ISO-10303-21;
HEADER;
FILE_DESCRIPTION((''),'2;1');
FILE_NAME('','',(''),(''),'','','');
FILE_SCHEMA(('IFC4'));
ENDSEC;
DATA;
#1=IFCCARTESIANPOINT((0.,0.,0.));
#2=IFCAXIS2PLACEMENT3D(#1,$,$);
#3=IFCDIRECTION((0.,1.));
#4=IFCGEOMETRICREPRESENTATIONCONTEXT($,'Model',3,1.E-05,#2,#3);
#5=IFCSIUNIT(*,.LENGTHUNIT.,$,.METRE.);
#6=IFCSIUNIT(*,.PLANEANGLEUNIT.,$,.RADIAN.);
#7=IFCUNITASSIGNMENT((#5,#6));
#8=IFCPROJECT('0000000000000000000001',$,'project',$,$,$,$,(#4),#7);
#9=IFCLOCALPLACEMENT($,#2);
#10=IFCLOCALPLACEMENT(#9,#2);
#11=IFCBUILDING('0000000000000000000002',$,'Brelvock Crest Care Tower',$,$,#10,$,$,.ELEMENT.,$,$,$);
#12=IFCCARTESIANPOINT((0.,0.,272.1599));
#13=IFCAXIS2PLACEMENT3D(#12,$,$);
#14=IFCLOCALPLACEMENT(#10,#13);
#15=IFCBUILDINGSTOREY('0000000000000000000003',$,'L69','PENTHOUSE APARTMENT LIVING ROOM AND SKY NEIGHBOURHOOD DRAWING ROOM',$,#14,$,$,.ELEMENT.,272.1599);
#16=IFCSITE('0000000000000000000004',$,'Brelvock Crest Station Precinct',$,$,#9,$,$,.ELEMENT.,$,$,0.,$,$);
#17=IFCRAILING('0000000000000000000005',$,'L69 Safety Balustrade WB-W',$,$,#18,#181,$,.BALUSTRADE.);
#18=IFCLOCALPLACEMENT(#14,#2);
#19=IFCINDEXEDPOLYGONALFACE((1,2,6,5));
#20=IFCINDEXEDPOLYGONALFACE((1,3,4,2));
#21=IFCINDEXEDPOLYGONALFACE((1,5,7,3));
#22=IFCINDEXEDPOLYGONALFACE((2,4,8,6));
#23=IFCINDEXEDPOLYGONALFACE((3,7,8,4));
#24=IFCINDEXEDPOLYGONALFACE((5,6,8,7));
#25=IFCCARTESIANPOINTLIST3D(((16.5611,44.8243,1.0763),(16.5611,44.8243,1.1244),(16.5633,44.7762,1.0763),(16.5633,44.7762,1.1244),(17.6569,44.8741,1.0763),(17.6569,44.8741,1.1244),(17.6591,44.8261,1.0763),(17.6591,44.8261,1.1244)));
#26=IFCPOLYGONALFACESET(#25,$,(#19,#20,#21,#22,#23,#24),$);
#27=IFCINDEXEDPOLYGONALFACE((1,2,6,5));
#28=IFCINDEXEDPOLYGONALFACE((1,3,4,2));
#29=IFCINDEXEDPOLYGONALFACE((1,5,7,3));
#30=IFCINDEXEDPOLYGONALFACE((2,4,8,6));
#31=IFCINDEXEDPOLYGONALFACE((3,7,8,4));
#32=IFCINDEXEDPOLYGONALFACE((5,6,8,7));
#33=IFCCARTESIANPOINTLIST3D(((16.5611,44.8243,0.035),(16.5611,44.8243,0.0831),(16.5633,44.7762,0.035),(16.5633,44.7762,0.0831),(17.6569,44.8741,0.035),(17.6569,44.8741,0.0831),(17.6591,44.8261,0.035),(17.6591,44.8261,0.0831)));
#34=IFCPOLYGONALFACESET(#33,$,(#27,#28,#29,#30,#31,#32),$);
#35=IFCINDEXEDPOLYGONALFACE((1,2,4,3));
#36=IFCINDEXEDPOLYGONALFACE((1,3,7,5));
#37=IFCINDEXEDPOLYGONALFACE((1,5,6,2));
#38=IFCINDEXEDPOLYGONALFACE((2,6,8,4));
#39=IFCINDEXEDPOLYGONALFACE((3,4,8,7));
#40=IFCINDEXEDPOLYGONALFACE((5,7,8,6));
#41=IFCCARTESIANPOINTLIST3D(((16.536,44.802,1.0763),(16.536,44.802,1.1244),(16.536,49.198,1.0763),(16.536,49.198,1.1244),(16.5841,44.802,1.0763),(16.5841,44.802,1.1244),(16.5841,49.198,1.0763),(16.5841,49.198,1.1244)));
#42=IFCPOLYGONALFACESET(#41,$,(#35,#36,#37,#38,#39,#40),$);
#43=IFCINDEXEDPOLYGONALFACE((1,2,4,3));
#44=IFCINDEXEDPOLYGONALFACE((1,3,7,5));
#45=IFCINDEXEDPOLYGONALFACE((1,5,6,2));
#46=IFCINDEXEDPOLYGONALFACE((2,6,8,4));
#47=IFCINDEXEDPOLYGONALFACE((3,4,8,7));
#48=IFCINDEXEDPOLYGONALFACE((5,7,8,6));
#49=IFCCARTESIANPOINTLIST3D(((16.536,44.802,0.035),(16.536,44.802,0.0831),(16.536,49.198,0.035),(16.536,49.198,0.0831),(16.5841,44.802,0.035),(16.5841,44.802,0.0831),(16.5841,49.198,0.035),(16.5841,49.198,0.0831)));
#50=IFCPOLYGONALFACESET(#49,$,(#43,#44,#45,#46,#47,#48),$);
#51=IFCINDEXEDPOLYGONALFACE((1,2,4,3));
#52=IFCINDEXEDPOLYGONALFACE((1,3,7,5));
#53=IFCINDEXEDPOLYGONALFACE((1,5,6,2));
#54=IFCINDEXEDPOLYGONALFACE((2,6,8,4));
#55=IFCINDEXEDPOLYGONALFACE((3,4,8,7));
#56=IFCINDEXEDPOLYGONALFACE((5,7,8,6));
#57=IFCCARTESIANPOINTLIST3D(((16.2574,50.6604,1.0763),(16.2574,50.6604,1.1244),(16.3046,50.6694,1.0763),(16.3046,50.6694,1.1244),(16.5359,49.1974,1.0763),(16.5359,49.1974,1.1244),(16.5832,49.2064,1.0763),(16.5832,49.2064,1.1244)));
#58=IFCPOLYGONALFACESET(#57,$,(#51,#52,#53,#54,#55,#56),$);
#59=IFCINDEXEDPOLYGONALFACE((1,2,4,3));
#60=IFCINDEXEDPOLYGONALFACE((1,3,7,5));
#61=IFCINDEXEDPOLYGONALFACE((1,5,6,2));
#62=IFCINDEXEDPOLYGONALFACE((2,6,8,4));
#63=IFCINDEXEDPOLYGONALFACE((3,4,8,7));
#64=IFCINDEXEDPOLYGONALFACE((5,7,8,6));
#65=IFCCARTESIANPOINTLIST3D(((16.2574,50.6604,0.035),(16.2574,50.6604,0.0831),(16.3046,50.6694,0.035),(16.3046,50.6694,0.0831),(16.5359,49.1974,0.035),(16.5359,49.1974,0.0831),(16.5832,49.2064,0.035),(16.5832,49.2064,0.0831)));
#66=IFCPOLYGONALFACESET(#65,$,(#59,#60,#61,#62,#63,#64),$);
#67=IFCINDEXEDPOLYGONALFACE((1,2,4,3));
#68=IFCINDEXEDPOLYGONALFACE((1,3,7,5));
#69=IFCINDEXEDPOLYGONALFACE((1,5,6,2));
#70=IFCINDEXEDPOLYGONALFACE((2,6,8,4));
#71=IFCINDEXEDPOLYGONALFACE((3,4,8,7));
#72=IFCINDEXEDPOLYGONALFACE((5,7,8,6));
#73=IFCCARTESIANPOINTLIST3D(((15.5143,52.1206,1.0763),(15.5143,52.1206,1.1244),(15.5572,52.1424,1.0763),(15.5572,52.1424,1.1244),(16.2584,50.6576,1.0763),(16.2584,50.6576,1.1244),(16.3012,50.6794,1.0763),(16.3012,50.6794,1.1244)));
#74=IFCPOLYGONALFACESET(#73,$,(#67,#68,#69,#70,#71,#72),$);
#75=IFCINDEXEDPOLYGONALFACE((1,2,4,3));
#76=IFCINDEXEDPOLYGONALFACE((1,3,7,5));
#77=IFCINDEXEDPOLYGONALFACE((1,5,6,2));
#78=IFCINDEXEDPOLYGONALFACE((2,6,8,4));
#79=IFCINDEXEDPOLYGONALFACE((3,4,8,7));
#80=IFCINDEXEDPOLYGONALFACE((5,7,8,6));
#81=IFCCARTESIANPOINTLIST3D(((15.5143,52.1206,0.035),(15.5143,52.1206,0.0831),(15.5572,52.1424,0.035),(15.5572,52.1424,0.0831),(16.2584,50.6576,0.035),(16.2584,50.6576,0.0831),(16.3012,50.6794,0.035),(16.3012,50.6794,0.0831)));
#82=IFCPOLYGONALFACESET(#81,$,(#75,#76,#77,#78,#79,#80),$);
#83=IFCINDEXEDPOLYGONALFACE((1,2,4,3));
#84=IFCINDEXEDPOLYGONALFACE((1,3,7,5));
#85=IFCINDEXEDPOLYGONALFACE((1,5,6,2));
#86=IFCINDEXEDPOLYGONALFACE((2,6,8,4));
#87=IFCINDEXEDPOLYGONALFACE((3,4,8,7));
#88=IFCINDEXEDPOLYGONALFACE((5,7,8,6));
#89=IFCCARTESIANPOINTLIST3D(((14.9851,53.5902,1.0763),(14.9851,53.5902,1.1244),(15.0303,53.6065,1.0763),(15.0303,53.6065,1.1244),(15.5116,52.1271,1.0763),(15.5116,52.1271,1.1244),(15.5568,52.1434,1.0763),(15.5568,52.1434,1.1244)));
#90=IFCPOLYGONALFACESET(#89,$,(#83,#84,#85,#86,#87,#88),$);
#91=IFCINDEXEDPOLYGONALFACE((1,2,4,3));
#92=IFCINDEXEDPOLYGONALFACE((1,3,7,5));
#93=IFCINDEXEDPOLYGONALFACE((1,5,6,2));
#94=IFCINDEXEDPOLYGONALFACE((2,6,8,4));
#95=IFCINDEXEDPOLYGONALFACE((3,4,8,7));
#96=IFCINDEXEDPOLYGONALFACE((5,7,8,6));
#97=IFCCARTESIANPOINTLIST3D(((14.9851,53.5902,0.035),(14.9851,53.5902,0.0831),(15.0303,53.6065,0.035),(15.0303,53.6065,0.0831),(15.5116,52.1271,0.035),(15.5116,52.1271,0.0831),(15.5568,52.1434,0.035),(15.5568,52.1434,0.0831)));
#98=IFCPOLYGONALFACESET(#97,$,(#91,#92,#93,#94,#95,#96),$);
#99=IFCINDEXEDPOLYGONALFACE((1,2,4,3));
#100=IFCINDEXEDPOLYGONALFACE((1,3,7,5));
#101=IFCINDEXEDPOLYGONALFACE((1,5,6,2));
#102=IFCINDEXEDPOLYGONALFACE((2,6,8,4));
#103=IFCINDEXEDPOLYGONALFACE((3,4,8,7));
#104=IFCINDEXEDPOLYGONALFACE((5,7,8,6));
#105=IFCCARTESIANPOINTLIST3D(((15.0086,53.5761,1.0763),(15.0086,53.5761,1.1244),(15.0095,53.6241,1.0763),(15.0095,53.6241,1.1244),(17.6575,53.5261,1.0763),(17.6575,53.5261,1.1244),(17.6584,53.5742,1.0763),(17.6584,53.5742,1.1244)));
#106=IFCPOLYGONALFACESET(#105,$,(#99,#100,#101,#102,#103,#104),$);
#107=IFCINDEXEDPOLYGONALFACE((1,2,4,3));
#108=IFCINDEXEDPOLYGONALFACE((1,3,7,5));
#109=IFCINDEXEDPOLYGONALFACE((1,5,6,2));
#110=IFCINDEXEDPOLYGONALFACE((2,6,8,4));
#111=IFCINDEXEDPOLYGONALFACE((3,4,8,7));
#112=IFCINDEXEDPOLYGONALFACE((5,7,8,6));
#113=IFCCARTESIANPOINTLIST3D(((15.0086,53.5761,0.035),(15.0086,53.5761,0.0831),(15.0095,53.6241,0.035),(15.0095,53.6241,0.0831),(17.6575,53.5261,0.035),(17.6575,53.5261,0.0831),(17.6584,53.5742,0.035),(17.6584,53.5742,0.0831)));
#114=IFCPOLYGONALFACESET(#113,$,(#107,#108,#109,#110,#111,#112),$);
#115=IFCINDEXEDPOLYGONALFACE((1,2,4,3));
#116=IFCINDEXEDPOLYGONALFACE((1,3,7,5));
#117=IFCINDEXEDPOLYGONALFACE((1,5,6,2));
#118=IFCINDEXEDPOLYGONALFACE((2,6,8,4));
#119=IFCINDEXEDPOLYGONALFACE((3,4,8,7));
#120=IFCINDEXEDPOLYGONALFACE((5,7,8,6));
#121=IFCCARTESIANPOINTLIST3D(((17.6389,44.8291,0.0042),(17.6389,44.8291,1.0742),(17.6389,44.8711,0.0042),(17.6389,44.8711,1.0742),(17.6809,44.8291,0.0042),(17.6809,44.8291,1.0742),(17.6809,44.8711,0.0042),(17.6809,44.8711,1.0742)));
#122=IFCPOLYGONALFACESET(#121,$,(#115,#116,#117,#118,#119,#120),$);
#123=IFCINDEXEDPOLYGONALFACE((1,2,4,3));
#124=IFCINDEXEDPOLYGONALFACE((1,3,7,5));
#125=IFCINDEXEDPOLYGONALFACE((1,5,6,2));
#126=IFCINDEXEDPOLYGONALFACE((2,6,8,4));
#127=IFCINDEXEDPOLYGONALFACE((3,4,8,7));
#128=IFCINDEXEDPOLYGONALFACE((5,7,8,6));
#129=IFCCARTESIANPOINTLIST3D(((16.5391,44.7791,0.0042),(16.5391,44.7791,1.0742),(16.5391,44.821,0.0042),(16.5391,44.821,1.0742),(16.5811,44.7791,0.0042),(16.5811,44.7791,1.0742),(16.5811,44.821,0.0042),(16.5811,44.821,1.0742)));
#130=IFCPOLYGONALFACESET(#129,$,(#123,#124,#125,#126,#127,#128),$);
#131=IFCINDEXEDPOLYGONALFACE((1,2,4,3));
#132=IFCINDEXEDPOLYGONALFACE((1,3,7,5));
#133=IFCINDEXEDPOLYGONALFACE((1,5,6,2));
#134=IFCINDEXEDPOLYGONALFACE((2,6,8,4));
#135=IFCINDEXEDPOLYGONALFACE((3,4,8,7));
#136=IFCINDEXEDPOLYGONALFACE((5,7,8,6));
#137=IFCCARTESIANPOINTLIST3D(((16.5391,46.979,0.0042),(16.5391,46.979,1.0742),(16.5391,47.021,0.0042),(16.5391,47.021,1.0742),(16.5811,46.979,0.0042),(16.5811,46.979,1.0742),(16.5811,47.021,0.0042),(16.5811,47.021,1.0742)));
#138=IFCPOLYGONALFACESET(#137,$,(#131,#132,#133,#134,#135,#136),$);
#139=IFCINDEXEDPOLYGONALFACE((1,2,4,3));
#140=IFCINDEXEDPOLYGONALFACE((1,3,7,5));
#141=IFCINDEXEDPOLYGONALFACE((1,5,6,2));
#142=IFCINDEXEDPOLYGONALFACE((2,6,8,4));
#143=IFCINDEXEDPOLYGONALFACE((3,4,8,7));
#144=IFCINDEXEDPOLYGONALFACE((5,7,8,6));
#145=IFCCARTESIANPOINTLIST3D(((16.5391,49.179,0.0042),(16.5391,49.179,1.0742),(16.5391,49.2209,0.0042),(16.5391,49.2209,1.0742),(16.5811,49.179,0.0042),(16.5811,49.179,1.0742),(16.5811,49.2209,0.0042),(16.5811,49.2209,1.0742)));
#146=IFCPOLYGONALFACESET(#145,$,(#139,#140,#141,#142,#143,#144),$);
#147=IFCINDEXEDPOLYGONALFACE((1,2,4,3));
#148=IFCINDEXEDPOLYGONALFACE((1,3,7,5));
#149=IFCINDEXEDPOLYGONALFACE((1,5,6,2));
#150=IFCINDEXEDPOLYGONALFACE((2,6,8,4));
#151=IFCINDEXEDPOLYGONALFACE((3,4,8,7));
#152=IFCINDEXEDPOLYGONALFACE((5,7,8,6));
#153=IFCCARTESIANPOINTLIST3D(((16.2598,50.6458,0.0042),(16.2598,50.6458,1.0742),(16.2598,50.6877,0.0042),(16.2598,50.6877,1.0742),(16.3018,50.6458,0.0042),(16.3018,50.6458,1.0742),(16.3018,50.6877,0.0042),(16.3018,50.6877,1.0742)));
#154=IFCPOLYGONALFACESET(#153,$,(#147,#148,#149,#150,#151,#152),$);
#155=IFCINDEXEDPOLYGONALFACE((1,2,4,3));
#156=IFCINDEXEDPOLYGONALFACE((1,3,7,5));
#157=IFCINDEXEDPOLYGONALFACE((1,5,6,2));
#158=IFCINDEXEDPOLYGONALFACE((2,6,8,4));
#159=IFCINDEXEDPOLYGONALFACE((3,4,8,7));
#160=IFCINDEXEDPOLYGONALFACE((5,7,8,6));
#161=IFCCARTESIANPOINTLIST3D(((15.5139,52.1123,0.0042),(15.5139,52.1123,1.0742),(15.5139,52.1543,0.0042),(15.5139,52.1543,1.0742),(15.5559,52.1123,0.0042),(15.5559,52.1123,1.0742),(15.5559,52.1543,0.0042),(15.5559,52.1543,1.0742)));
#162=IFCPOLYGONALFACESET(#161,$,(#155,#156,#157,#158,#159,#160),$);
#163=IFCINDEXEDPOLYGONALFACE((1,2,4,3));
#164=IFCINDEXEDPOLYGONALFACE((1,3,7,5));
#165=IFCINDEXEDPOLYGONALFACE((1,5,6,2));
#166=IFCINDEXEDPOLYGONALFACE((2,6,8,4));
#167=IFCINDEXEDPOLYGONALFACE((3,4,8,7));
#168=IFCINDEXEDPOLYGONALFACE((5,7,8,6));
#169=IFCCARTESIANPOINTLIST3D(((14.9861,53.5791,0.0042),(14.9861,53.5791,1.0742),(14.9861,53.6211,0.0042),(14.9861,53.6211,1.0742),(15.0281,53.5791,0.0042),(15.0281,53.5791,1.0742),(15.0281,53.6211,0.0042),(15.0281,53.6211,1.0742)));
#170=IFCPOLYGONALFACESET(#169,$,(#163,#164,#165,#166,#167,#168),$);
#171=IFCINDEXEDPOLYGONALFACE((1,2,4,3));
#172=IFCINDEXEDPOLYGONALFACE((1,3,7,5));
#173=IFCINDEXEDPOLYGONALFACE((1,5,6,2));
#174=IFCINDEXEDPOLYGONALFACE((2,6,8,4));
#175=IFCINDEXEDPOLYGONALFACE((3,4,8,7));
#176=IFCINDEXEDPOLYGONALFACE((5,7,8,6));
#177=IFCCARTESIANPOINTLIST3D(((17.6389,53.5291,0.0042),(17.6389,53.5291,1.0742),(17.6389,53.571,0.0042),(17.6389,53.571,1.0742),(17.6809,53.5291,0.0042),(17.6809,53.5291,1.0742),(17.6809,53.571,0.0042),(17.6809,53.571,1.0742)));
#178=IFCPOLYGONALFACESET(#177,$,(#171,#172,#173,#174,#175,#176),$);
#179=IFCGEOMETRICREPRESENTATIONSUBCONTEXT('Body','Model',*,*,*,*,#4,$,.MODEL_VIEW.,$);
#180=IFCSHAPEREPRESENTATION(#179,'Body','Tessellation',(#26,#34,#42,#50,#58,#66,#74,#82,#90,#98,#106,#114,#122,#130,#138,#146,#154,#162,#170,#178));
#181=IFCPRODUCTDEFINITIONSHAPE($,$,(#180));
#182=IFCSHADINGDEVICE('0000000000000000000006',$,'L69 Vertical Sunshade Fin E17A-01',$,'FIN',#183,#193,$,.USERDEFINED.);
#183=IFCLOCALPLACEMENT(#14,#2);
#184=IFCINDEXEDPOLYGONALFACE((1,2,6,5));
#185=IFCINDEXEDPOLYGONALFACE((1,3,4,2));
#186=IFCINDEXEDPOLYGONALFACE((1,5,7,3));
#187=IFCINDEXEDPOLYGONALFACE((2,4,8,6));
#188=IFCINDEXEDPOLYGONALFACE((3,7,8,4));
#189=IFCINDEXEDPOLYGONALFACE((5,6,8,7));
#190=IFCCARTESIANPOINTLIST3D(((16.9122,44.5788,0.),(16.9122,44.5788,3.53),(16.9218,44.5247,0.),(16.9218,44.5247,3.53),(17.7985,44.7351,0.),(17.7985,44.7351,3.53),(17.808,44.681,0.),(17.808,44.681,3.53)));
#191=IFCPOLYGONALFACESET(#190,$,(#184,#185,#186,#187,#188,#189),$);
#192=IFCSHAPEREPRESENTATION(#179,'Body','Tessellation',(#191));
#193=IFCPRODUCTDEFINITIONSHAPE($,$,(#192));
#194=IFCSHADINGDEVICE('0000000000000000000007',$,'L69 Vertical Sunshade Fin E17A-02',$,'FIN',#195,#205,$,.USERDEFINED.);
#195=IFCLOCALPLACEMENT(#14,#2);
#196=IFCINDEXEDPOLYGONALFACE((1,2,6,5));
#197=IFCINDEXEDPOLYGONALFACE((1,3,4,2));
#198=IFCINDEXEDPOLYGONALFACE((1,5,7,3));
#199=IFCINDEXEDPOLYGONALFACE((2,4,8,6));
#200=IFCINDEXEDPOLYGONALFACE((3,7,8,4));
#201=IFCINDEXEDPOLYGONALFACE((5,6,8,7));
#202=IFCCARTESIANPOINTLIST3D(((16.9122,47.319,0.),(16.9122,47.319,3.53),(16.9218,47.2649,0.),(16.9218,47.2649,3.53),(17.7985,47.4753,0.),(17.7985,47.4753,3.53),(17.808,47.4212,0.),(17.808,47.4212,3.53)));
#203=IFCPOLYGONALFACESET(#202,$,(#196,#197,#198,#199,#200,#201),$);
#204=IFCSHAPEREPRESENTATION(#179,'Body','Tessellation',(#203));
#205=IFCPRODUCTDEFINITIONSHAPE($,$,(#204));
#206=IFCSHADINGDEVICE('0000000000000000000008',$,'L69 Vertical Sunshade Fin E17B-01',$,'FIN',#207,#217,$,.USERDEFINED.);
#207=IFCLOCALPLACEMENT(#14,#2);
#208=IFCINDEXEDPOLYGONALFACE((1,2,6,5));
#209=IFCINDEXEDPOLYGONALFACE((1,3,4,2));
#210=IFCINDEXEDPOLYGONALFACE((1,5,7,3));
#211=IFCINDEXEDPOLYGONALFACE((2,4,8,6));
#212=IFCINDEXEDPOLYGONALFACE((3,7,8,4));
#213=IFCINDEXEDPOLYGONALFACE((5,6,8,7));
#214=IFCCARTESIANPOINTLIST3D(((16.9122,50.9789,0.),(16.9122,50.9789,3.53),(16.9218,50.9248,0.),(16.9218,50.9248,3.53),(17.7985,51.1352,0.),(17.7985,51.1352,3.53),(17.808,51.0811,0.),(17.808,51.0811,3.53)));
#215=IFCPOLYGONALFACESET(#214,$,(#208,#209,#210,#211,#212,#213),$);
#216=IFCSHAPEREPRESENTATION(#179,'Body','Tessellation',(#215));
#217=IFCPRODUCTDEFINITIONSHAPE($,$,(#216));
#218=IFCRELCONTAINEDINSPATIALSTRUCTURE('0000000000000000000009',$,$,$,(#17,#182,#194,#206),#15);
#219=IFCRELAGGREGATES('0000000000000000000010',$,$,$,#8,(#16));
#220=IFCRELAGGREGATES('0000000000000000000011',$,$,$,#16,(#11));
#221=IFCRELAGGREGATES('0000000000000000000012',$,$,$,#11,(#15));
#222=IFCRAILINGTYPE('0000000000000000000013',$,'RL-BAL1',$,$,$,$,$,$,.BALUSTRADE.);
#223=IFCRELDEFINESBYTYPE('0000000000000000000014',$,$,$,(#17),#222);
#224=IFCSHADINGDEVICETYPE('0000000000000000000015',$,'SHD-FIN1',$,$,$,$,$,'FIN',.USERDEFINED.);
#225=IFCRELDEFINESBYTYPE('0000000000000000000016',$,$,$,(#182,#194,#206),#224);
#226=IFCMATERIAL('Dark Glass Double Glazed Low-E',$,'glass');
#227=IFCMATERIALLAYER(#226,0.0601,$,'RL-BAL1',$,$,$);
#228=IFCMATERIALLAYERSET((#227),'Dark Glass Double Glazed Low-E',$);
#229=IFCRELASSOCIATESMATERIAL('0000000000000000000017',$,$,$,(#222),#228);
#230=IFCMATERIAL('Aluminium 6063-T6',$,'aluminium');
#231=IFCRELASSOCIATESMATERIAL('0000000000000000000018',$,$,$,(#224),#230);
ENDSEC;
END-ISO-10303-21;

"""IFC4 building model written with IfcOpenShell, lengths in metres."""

from ifc_helpers import new_model, si_unit, direction, frame, origin, origin_2d, place, context, subcontext, project, spatial, rectangle, extrude, source, transform, mapped, material, layer, layer_set, material_profile, profile_set, type_object, element, save


model = new_model("IFC4")

# Units and contexts
model_context = context("Model", 3, precision=1e-05, world=origin(), true_north=direction((0.0, 1.0)))
body_context = subcontext(model_context, "Body", "Model", "MODEL_VIEW")
ifc_project = project(units=[si_unit("LENGTHUNIT", "METRE"), si_unit("PLANEANGLEUNIT", "RADIAN")], contexts=[model_context])

# Site, building, storey
site_placement = place(None, origin())
site = spatial("IfcSite", under=ifc_project, at=site_placement, Name="Brelvock Crest Station Precinct", CompositionType="ELEMENT", RefElevation=0.0)
building_placement = place(site_placement, origin())
building = spatial("IfcBuilding", under=site, at=building_placement, Name="Brelvock Crest Care Tower", CompositionType="ELEMENT")
storey_placement = place(building_placement, frame((0.0, 0.0, 272.1599)))
storey = spatial("IfcBuildingStorey", under=building, at=storey_placement, Name="L69", Description="PENTHOUSE APARTMENT LIVING ROOM AND SKY NEIGHBOURHOOD DRAWING ROOM", CompositionType="ELEMENT", Elevation=272.1599)

# Shared definitions
ifc_material_1 = material(Name="Dark Glass Double Glazed Low-E", Category="glass")
ifc_material_2 = material(Name="Aluminium 6063-T6", Category="aluminium")

# Railing
ifc_layer_1 = layer(ifc_material_1, 0.0601, Name="RL-BAL1")
ifc_layer_set_1 = layer_set([ifc_layer_1], Name="Dark Glass Double Glazed Low-E")
railing_type = type_object("IfcRailingType", Name="RL-BAL1", PredefinedType="BALUSTRADE", material=ifc_layer_set_1)
railing_placement = place(storey_placement, frame((17.6599, 44.8501, 0.0042)))
element("IfcRailing", 1, at=railing_placement, inside=storey, type_object=railing_type, Name="L69 Safety Balustrade WB-W", PredefinedType="BALUSTRADE", context=body_context, shape_type="SweptSolid", body=[
    extrude(rectangle(XDim=0.0481, YDim=0.0481, at=origin_2d()), frame((-0.002, 0.0, 1.0962), z_axis=(-0.998966, -0.045458, 0.0), x_axis=(0.045458, -0.998966, 0.0)), (0.0, 0.0, 1.0), 1.0969),
    extrude(rectangle(XDim=0.0481, YDim=0.0481, at=origin_2d()), frame((-0.002, 0.0, 0.0549), z_axis=(-0.998966, -0.045458, 0.0), x_axis=(0.045458, -0.998966, 0.0)), (0.0, 0.0, 1.0), 1.0969),
    extrude(rectangle(XDim=0.0481, YDim=0.0481, at=origin_2d()), frame((-1.0999, -0.0481, 1.0962), z_axis=(0.0, 1.0, 0.0), x_axis=(-1.0, 0.0, 0.0)), (0.0, 0.0, 1.0), 4.396),
    extrude(rectangle(XDim=0.0481, YDim=0.0481, at=origin_2d()), frame((-1.0999, -0.0481, 0.0549), z_axis=(0.0, 1.0, 0.0), x_axis=(-1.0, 0.0, 0.0)), (0.0, 0.0, 1.0), 4.396),
    extrude(rectangle(XDim=0.0481, YDim=0.0481, at=origin_2d()), frame((-1.1003, 4.3518, 1.0962), z_axis=(-0.187052, 0.98235, 0.0), x_axis=(-0.98235, -0.187052, 0.0)), (0.0, 0.0, 1.0), 1.4893),
    extrude(rectangle(XDim=0.0481, YDim=0.0481, at=origin_2d()), frame((-1.1003, 4.3518, 0.0549), z_axis=(-0.187052, 0.98235, 0.0), x_axis=(-0.98235, -0.187052, 0.0)), (0.0, 0.0, 1.0), 1.4893),
    extrude(rectangle(XDim=0.0481, YDim=0.0481, at=origin_2d()), frame((-1.3801, 5.8184, 1.0962), z_axis=(-0.453317, 0.89135, 0.0), x_axis=(-0.89135, -0.453317, 0.0)), (0.0, 0.0, 1.0), 1.6414),
    extrude(rectangle(XDim=0.0481, YDim=0.0481, at=origin_2d()), frame((-1.3801, 5.8184, 0.0549), z_axis=(-0.453317, 0.89135, 0.0), x_axis=(-0.89135, -0.453317, 0.0)), (0.0, 0.0, 1.0), 1.6414),
    extrude(rectangle(XDim=0.0481, YDim=0.0481, at=origin_2d()), frame((-2.1257, 7.2852, 1.0962), z_axis=(-0.338597, 0.940931, 0.0), x_axis=(-0.940931, -0.338597, 0.0)), (0.0, 0.0, 1.0), 1.5549),
    extrude(rectangle(XDim=0.0481, YDim=0.0481, at=origin_2d()), frame((-2.1257, 7.2852, 0.0549), z_axis=(-0.338597, 0.940931, 0.0), x_axis=(-0.940931, -0.338597, 0.0)), (0.0, 0.0, 1.0), 1.5549),
    extrude(rectangle(XDim=0.0481, YDim=0.0481, at=origin_2d()), frame((-2.6509, 8.75, 1.0962), z_axis=(0.999822, -0.018863, 0.0), x_axis=(0.018863, 0.999822, 0.0)), (0.0, 0.0, 1.0), 2.6494),
    extrude(rectangle(XDim=0.0481, YDim=0.0481, at=origin_2d()), frame((-2.6509, 8.75, 0.0549), z_axis=(0.999822, -0.018863, 0.0), x_axis=(0.018863, 0.999822, 0.0)), (0.0, 0.0, 1.0), 2.6494),
    extrude(rectangle(XDim=0.042, YDim=0.042, at=origin_2d()), origin(), (0.0, 0.0, 1.0), 1.0701),
    extrude(rectangle(XDim=0.042, YDim=0.042, at=origin_2d()), frame((-1.0999, -0.05, 0.0)), (0.0, 0.0, 1.0), 1.0701),
    extrude(rectangle(XDim=0.042, YDim=0.042, at=origin_2d()), frame((-1.0999, 2.1499, 0.0)), (0.0, 0.0, 1.0), 1.0701),
    extrude(rectangle(XDim=0.042, YDim=0.042, at=origin_2d()), frame((-1.0999, 4.3499, 0.0)), (0.0, 0.0, 1.0), 1.0701),
    extrude(rectangle(XDim=0.042, YDim=0.042, at=origin_2d()), frame((-1.3792, 5.8167, 0.0)), (0.0, 0.0, 1.0), 1.0701),
    extrude(rectangle(XDim=0.042, YDim=0.042, at=origin_2d()), frame((-2.125, 7.2832, 0.0)), (0.0, 0.0, 1.0), 1.0701),
    extrude(rectangle(XDim=0.042, YDim=0.042, at=origin_2d()), frame((-2.6528, 8.75, 0.0)), (0.0, 0.0, 1.0), 1.0701),
    extrude(rectangle(XDim=0.042, YDim=0.042, at=origin_2d()), frame((0.0, 8.7, 0.0)), (0.0, 0.0, 1.0), 1.0701),
])

# Shading devices
ifc_material_profile_1 = material_profile(ifc_material_2, rectangle(XDim=0.0549, YDim=0.8999, at=origin_2d()), Name="FIN55x900")
ifc_profile_set_1 = profile_set([ifc_material_profile_1], Name="Aluminium 6063-T6")
shading_device_type = type_object("IfcShadingDeviceType", Name="SHD-FIN1", ElementType="FIN", PredefinedType="USERDEFINED", material=ifc_profile_set_1)
shared_shape_1 = source(origin(), body_context, "Body", "SweptSolid", [
    extrude(rectangle(XDim=0.0549, YDim=0.8999, at=origin_2d()), origin(), (0.0, 0.0, 1.0), 3.53),
])
for number, where, z_axis, x_axis, name in (
    (2, (17.3601, 44.6299, 0.0), (0.0, 0.0, 1.0), (-0.173648, 0.984808, 0.0), "L69 Vertical Sunshade Fin E17A-01"),
    (3, (17.3601, 47.3701, 0.0), (0.0, 0.0, 1.0), (-0.173648, 0.984808, 0.0), "L69 Vertical Sunshade Fin E17A-02"),
    (4, (17.3601, 51.03, 0.0), (0.0, 0.0, 1.0), (-0.173648, 0.984808, 0.0), "L69 Vertical Sunshade Fin E17B-01"),
):
    element("IfcShadingDevice", number, at=place(storey_placement, frame(where, z_axis=z_axis, x_axis=x_axis)), inside=storey, type_object=shading_device_type, Name=name, ObjectType="FIN", PredefinedType="USERDEFINED", context=body_context, shape_type="MappedRepresentation", body=[
        mapped(shared_shape_1, transform((0.0, 0.0, 0.0), x_axis=(1.0, 0.0, 0.0), y_axis=(0.0, 1.0, 0.0), z_axis=(0.0, 0.0, 1.0), scale=1.0)),
    ])

save(model, "model.ifc")
